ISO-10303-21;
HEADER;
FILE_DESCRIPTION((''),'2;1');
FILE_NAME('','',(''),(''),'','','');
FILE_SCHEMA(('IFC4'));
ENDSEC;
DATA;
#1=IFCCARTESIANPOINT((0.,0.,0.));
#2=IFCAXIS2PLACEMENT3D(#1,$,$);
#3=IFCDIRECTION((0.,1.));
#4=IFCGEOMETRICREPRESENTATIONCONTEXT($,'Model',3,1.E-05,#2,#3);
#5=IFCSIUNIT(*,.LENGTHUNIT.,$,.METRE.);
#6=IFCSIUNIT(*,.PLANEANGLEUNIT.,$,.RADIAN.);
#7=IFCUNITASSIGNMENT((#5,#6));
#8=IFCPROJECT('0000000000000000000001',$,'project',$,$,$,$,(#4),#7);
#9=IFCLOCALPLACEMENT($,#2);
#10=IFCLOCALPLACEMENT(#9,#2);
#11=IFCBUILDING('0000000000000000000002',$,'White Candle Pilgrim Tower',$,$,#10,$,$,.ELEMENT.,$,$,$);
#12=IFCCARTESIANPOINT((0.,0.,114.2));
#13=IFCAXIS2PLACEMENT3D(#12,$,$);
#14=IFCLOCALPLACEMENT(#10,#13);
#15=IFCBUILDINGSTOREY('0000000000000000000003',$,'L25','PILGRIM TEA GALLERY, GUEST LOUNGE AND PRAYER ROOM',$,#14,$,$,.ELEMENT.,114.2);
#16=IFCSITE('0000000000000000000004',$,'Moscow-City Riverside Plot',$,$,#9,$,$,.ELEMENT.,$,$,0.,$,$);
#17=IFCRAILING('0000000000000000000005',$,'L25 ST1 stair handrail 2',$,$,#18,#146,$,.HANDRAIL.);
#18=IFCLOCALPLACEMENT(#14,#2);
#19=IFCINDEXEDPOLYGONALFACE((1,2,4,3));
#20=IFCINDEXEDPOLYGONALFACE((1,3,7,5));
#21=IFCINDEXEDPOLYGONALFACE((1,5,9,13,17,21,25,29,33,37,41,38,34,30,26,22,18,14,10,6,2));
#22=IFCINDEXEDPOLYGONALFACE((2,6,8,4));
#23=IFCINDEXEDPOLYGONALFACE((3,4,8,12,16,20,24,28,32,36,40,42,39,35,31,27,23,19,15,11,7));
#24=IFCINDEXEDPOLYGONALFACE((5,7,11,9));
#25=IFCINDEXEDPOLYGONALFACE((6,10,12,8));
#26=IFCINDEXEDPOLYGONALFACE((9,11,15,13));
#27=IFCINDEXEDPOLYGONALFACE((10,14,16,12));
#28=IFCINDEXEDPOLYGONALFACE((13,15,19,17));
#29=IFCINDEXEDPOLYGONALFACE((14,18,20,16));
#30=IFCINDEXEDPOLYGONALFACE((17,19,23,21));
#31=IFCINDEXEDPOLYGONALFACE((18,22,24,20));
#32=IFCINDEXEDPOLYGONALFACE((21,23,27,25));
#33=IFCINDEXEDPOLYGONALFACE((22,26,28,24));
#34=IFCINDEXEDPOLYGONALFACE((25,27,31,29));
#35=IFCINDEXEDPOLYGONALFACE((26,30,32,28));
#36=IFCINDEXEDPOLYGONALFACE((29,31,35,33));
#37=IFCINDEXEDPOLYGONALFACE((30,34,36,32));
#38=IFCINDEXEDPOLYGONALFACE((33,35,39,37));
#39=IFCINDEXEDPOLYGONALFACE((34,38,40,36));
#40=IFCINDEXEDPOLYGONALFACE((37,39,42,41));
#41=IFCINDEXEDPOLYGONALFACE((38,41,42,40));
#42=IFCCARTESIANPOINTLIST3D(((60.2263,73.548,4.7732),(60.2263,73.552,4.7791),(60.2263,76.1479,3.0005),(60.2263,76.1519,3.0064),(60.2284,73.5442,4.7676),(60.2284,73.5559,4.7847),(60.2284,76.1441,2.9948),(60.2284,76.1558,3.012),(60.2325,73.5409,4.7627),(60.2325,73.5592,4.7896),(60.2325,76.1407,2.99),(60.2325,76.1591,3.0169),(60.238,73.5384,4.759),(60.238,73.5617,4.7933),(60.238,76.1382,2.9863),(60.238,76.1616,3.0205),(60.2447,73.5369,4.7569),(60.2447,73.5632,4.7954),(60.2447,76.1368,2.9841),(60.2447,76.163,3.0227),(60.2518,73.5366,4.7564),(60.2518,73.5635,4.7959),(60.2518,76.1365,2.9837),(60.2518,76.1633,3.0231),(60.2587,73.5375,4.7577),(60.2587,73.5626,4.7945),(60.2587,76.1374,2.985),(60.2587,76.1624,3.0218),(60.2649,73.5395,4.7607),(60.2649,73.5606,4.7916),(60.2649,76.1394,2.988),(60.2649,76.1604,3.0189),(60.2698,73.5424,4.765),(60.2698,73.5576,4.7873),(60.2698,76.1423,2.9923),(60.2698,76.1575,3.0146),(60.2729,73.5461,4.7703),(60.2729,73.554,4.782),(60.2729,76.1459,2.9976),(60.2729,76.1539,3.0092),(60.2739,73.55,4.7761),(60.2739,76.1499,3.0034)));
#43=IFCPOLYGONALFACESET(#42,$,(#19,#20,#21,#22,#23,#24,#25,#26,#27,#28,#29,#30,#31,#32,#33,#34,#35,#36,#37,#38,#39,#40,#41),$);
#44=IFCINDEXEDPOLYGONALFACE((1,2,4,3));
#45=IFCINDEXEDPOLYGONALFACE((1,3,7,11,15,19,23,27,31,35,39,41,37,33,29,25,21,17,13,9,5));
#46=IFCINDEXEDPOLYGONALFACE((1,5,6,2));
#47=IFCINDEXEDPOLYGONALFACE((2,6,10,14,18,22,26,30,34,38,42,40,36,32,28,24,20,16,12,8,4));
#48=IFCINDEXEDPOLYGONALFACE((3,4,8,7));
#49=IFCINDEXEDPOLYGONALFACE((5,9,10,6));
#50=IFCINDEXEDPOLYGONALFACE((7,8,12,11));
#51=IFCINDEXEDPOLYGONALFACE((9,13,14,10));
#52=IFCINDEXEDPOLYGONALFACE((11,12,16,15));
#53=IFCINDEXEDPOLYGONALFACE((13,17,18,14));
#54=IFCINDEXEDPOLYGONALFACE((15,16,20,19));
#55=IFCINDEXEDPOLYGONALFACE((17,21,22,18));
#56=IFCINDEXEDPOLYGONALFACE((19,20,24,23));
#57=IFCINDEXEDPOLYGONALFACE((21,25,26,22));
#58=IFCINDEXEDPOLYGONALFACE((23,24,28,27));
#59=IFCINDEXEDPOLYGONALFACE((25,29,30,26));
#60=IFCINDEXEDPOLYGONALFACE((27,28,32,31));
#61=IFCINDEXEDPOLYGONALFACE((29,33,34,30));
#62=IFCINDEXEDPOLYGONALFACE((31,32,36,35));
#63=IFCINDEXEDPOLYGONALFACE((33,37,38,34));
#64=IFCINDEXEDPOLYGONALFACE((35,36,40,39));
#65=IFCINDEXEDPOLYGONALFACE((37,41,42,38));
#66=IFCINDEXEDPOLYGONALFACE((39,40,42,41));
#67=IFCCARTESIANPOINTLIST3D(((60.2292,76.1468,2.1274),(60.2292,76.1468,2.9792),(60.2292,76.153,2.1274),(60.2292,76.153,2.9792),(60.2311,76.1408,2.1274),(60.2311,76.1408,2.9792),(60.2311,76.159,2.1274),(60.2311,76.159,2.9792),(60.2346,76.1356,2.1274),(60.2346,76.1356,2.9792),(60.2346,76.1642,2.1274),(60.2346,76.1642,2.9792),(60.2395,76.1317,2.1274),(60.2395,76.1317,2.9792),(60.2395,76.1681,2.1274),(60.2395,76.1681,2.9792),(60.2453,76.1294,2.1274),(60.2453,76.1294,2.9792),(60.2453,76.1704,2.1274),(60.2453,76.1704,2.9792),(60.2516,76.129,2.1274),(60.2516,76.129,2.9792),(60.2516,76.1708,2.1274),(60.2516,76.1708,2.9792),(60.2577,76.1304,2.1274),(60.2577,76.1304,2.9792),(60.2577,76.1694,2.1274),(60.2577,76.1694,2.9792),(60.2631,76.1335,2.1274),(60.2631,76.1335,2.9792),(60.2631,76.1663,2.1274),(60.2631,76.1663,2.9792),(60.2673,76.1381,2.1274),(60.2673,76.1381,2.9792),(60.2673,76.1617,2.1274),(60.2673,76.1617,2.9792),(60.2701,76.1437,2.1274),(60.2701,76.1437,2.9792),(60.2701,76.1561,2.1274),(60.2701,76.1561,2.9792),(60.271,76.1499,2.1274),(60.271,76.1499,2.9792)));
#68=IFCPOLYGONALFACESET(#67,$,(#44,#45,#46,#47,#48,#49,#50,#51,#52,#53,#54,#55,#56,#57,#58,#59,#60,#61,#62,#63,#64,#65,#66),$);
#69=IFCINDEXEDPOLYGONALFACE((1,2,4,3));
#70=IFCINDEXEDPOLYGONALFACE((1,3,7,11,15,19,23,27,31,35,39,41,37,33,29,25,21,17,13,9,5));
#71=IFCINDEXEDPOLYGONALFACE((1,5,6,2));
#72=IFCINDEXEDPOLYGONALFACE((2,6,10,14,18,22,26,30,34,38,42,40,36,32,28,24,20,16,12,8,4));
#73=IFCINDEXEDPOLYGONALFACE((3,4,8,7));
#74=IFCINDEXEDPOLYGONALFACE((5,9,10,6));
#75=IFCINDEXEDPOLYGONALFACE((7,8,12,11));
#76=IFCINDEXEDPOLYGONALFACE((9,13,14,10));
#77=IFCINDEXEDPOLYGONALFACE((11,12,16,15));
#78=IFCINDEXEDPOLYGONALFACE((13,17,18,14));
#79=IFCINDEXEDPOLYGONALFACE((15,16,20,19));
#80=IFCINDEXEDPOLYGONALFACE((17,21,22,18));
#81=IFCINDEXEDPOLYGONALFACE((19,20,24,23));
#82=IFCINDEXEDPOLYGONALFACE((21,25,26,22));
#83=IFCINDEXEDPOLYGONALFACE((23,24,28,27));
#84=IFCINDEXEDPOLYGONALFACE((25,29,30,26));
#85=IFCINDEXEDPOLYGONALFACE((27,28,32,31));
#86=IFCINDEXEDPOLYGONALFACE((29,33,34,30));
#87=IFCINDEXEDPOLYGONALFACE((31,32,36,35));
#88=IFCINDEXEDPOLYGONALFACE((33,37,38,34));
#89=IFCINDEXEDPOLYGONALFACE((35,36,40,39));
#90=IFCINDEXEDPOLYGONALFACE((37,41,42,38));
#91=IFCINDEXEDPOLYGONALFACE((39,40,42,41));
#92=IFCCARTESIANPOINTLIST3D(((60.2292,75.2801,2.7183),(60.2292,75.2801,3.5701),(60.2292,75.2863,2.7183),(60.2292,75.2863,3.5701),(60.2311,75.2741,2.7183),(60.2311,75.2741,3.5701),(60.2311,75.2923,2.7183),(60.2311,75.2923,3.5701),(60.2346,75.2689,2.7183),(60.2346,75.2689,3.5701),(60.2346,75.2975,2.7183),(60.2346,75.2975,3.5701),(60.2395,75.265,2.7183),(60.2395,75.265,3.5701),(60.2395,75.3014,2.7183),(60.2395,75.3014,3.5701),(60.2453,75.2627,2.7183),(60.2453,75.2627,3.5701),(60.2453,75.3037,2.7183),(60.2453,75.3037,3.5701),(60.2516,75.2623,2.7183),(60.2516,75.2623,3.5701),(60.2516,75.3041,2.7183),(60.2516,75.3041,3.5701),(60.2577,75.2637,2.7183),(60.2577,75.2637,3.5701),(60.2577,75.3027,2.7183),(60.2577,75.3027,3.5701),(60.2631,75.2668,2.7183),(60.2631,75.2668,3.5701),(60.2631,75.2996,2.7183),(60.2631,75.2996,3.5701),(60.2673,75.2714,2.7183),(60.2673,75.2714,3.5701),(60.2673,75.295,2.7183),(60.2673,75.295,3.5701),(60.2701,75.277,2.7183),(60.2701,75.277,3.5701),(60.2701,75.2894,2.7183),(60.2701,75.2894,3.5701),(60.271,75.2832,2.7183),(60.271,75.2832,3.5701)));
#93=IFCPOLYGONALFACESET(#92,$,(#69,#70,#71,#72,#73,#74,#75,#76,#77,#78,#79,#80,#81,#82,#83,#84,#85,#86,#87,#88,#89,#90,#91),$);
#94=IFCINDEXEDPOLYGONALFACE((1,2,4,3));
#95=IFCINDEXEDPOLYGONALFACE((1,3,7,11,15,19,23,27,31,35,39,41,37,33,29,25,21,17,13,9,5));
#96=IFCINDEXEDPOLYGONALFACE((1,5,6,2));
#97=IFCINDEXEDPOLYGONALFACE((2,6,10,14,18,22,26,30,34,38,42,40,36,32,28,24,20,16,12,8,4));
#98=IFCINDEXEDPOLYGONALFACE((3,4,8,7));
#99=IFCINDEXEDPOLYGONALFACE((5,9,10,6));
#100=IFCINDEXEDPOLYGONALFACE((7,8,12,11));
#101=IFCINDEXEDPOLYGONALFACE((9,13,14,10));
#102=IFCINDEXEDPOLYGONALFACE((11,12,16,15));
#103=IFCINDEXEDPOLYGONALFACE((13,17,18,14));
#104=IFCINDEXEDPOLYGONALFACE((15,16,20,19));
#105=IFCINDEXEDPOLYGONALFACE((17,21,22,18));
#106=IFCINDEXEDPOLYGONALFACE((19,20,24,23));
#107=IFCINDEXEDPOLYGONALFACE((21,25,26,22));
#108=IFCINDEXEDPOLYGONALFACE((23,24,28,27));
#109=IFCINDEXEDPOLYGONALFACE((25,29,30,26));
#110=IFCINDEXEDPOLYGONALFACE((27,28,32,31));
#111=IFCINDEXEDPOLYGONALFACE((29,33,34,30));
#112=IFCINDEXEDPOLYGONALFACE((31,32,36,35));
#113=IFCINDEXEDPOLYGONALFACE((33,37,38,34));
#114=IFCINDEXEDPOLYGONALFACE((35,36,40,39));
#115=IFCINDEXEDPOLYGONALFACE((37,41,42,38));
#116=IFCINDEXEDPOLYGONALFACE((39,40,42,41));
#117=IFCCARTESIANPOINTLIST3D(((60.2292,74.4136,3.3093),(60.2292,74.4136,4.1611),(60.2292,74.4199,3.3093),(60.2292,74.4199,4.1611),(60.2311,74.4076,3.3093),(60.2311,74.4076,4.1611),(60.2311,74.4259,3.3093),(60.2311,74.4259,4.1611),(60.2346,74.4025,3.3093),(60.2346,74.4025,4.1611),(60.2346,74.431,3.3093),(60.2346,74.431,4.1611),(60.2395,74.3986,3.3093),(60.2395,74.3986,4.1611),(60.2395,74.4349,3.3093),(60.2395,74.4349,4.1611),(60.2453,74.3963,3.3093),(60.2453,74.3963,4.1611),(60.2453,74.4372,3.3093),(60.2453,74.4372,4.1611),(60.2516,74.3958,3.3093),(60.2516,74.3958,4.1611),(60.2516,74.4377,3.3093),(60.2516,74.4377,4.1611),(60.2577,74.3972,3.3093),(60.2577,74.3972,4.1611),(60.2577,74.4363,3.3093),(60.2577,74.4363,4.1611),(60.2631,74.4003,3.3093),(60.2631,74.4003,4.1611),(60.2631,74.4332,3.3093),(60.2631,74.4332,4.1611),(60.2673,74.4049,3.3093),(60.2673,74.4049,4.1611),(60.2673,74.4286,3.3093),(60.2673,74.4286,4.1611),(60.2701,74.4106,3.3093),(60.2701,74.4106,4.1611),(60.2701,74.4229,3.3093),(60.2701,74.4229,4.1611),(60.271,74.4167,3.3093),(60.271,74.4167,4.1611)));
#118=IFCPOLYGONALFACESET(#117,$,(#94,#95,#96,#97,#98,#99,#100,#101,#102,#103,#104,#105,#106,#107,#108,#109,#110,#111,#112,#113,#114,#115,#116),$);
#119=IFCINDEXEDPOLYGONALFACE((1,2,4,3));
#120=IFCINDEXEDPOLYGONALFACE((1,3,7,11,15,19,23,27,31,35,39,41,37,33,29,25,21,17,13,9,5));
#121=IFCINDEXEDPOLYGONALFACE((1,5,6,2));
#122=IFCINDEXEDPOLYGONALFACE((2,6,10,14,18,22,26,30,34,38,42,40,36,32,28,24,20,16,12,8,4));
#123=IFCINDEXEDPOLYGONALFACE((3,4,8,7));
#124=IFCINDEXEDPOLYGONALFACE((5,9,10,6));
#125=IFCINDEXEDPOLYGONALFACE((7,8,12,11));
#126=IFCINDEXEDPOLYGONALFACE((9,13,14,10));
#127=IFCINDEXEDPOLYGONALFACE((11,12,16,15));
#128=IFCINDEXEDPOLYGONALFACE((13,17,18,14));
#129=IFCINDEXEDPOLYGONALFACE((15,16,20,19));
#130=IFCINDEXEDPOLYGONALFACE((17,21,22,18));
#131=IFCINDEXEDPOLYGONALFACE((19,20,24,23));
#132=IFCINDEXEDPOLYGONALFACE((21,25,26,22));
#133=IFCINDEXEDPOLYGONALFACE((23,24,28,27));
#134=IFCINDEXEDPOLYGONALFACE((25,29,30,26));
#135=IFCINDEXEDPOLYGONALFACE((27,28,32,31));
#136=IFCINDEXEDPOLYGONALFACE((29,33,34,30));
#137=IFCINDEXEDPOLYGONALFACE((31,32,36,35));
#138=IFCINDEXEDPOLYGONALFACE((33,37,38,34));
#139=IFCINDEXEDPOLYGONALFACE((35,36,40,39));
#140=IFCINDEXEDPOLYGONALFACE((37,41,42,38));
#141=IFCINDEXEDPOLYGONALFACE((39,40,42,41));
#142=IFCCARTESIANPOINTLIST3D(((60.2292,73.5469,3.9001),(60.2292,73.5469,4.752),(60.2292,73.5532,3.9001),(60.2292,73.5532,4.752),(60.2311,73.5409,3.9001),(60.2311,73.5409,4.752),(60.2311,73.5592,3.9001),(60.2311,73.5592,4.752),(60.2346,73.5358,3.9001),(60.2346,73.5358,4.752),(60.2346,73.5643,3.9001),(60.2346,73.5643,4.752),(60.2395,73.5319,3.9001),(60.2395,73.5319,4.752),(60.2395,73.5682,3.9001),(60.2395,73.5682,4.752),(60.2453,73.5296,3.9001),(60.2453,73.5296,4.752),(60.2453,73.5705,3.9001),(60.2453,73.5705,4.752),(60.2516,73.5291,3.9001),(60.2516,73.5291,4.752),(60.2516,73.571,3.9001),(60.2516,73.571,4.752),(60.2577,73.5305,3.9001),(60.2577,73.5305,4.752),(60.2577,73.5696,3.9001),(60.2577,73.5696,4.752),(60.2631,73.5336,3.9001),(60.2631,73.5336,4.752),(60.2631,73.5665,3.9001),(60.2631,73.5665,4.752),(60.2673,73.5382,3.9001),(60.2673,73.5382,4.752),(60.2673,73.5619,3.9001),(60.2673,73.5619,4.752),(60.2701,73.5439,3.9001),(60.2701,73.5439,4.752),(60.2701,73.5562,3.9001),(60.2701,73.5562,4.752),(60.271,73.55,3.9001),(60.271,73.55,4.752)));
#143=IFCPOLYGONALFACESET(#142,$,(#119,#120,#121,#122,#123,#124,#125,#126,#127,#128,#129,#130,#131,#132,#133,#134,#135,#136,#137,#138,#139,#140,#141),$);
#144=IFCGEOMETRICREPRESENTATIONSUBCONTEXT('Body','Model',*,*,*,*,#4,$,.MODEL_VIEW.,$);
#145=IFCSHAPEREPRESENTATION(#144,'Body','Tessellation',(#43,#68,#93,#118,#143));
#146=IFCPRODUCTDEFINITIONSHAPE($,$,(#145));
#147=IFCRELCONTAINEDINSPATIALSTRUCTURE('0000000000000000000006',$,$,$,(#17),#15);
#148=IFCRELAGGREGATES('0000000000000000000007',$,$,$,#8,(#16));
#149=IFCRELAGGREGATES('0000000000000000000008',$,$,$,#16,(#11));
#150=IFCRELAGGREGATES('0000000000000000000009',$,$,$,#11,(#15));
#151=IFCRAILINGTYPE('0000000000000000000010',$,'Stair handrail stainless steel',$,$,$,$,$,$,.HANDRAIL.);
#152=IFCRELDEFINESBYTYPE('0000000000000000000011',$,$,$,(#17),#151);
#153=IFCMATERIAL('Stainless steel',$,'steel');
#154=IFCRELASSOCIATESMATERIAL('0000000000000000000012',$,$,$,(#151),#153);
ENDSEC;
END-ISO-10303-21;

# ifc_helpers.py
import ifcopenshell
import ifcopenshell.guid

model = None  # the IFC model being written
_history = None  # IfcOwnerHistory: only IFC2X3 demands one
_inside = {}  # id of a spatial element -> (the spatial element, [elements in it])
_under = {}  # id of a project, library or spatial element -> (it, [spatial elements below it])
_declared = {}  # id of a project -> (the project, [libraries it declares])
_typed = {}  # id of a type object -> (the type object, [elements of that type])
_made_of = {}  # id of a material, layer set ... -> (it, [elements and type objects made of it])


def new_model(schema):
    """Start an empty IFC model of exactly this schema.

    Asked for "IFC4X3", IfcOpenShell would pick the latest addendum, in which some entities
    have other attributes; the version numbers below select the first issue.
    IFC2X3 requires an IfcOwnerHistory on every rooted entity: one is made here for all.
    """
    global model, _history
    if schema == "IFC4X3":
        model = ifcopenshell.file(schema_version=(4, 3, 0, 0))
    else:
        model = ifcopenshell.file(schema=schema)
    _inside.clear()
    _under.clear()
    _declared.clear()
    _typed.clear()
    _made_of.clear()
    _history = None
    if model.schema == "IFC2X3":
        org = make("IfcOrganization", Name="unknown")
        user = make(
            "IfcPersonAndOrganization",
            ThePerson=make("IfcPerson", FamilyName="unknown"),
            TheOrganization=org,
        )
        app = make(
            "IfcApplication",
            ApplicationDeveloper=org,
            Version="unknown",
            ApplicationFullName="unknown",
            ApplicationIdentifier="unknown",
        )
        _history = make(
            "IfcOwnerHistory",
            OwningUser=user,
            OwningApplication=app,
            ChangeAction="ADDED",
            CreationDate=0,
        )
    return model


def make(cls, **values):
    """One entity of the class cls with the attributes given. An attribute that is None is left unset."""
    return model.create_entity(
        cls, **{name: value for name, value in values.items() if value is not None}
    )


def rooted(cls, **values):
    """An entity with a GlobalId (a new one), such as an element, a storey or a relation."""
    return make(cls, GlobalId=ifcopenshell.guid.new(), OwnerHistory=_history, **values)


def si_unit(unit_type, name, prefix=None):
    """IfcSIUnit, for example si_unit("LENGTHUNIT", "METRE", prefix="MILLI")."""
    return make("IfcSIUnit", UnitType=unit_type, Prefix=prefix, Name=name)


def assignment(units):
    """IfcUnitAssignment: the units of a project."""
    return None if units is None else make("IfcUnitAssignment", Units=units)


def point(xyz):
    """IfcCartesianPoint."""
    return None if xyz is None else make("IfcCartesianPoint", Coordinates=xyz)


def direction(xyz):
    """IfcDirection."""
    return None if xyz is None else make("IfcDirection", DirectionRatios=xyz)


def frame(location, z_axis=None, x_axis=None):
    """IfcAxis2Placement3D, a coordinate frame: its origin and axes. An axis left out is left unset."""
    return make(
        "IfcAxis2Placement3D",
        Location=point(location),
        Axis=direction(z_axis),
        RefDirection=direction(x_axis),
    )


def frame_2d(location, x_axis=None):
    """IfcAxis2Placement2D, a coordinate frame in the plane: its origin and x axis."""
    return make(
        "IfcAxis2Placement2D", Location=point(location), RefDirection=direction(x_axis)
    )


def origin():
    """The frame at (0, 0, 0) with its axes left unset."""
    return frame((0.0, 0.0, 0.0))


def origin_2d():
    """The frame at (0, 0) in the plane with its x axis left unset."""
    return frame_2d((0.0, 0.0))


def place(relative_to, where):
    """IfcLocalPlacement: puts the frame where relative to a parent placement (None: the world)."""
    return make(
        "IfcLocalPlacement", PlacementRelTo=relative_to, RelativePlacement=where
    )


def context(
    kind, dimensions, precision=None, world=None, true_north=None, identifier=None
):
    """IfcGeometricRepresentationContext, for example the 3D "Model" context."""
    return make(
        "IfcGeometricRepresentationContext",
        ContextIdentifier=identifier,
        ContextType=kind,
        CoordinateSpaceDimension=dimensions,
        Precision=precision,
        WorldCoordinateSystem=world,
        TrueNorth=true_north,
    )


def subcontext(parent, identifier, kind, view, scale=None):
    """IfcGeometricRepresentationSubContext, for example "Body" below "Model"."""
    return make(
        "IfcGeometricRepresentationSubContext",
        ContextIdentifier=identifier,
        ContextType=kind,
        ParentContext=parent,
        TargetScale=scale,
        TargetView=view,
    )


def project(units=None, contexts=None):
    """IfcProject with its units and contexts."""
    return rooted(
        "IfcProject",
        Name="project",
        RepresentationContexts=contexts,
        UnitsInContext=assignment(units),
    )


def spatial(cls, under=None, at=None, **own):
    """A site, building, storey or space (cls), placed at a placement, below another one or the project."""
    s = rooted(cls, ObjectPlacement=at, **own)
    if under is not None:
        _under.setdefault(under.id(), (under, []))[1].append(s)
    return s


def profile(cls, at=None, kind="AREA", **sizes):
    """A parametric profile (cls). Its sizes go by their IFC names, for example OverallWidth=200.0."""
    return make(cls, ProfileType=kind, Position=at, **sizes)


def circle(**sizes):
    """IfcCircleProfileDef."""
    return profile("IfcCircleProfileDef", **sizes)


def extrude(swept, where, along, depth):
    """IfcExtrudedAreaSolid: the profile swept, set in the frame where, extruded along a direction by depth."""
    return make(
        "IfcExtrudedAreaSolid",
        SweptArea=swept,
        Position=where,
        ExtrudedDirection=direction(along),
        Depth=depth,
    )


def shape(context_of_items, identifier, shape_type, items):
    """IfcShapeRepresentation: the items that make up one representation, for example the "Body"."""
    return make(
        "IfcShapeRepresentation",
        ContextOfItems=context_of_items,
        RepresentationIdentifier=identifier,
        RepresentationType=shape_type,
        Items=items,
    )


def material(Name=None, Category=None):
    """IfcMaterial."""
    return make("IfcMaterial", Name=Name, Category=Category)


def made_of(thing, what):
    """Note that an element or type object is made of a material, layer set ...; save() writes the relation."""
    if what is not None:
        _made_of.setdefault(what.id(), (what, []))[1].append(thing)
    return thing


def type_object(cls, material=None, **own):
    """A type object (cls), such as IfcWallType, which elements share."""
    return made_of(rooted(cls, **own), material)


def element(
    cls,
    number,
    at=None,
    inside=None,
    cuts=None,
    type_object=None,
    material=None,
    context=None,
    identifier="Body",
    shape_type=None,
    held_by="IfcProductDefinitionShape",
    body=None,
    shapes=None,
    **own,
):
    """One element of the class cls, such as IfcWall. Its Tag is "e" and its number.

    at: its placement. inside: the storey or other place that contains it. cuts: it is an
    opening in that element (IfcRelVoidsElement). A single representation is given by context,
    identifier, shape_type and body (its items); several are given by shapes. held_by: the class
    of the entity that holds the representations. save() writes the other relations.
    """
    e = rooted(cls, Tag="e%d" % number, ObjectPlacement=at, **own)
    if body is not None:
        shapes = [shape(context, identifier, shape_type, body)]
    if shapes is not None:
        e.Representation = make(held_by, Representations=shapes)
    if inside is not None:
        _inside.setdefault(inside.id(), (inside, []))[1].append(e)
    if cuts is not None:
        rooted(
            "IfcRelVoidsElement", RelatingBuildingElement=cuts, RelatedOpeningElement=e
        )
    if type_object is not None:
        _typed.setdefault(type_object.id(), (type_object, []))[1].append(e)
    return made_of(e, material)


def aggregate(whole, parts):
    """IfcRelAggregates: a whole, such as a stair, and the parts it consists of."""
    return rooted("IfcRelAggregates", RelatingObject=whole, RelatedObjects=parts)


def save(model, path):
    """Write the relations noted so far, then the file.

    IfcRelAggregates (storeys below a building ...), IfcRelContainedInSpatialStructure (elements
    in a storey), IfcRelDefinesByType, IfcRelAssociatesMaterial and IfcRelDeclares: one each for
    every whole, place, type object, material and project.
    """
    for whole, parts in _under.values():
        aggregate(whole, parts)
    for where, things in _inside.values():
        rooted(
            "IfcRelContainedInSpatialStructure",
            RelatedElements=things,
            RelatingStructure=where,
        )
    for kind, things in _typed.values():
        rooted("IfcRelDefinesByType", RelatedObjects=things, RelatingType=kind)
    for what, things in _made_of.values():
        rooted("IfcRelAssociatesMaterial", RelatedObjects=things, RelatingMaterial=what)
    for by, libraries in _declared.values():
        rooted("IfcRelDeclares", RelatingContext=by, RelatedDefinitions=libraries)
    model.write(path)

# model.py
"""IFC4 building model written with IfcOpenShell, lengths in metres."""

from ifc_helpers import new_model, si_unit, direction, frame, origin, origin_2d, place, context, subcontext, project, spatial, circle, extrude, material, type_object, element, save


model = new_model("IFC4")

# Units and contexts
model_context = context("Model", 3, precision=1e-05, world=origin(), true_north=direction((0.0, 1.0)))
body_context = subcontext(model_context, "Body", "Model", "MODEL_VIEW")
ifc_project = project(units=[si_unit("LENGTHUNIT", "METRE"), si_unit("PLANEANGLEUNIT", "RADIAN")], contexts=[model_context])

# Site, building, storey
site_placement = place(None, origin())
site = spatial("IfcSite", under=ifc_project, at=site_placement, Name="Moscow-City Riverside Plot", CompositionType="ELEMENT", RefElevation=0.0)
building_placement = place(site_placement, origin())
building = spatial("IfcBuilding", under=site, at=building_placement, Name="White Candle Pilgrim Tower", CompositionType="ELEMENT")
storey_placement = place(building_placement, frame((0.0, 0.0, 114.2)))
storey = spatial("IfcBuildingStorey", under=building, at=storey_placement, Name="L25", Description="PILGRIM TEA GALLERY, GUEST LOUNGE AND PRAYER ROOM", CompositionType="ELEMENT", Elevation=114.2)

# Railing
ifc_material_1 = material(Name="Stainless steel", Category="steel")
railing_type_1 = type_object("IfcRailingType", Name="Stair handrail stainless steel", PredefinedType="HANDRAIL", material=ifc_material_1)
railing_1_placement = place(storey_placement, frame((60.25, 76.1499, 2.1274)))
element("IfcRailing", 1, at=railing_1_placement, inside=storey, type_object=railing_type_1, Name="L25 ST1 stair handrail 2", PredefinedType="HANDRAIL", context=body_context, shape_type="SweptSolid", body=[
    extrude(circle(Radius=0.0239, at=origin_2d()), frame((0.0, 0.0, 0.876), z_axis=(0.0, -0.826216, 0.563354), x_axis=(1.0, 0.0, 0.0)), (0.0, 0.0, 1.0), 3.1467),
    extrude(circle(Radius=0.021, at=origin_2d()), origin(), (0.0, 0.0, 1.0), 0.8518),
    extrude(circle(Radius=0.021, at=origin_2d()), frame((0.0, -0.8667, 0.5908)), (0.0, 0.0, 1.0), 0.8518),
    extrude(circle(Radius=0.021, at=origin_2d()), frame((0.0, -1.7332, 1.1819)), (0.0, 0.0, 1.0), 0.8518),
    extrude(circle(Radius=0.021, at=origin_2d()), frame((0.0, -2.5999, 1.7727)), (0.0, 0.0, 1.0), 0.8518),
])

save(model, "model.ifc")
